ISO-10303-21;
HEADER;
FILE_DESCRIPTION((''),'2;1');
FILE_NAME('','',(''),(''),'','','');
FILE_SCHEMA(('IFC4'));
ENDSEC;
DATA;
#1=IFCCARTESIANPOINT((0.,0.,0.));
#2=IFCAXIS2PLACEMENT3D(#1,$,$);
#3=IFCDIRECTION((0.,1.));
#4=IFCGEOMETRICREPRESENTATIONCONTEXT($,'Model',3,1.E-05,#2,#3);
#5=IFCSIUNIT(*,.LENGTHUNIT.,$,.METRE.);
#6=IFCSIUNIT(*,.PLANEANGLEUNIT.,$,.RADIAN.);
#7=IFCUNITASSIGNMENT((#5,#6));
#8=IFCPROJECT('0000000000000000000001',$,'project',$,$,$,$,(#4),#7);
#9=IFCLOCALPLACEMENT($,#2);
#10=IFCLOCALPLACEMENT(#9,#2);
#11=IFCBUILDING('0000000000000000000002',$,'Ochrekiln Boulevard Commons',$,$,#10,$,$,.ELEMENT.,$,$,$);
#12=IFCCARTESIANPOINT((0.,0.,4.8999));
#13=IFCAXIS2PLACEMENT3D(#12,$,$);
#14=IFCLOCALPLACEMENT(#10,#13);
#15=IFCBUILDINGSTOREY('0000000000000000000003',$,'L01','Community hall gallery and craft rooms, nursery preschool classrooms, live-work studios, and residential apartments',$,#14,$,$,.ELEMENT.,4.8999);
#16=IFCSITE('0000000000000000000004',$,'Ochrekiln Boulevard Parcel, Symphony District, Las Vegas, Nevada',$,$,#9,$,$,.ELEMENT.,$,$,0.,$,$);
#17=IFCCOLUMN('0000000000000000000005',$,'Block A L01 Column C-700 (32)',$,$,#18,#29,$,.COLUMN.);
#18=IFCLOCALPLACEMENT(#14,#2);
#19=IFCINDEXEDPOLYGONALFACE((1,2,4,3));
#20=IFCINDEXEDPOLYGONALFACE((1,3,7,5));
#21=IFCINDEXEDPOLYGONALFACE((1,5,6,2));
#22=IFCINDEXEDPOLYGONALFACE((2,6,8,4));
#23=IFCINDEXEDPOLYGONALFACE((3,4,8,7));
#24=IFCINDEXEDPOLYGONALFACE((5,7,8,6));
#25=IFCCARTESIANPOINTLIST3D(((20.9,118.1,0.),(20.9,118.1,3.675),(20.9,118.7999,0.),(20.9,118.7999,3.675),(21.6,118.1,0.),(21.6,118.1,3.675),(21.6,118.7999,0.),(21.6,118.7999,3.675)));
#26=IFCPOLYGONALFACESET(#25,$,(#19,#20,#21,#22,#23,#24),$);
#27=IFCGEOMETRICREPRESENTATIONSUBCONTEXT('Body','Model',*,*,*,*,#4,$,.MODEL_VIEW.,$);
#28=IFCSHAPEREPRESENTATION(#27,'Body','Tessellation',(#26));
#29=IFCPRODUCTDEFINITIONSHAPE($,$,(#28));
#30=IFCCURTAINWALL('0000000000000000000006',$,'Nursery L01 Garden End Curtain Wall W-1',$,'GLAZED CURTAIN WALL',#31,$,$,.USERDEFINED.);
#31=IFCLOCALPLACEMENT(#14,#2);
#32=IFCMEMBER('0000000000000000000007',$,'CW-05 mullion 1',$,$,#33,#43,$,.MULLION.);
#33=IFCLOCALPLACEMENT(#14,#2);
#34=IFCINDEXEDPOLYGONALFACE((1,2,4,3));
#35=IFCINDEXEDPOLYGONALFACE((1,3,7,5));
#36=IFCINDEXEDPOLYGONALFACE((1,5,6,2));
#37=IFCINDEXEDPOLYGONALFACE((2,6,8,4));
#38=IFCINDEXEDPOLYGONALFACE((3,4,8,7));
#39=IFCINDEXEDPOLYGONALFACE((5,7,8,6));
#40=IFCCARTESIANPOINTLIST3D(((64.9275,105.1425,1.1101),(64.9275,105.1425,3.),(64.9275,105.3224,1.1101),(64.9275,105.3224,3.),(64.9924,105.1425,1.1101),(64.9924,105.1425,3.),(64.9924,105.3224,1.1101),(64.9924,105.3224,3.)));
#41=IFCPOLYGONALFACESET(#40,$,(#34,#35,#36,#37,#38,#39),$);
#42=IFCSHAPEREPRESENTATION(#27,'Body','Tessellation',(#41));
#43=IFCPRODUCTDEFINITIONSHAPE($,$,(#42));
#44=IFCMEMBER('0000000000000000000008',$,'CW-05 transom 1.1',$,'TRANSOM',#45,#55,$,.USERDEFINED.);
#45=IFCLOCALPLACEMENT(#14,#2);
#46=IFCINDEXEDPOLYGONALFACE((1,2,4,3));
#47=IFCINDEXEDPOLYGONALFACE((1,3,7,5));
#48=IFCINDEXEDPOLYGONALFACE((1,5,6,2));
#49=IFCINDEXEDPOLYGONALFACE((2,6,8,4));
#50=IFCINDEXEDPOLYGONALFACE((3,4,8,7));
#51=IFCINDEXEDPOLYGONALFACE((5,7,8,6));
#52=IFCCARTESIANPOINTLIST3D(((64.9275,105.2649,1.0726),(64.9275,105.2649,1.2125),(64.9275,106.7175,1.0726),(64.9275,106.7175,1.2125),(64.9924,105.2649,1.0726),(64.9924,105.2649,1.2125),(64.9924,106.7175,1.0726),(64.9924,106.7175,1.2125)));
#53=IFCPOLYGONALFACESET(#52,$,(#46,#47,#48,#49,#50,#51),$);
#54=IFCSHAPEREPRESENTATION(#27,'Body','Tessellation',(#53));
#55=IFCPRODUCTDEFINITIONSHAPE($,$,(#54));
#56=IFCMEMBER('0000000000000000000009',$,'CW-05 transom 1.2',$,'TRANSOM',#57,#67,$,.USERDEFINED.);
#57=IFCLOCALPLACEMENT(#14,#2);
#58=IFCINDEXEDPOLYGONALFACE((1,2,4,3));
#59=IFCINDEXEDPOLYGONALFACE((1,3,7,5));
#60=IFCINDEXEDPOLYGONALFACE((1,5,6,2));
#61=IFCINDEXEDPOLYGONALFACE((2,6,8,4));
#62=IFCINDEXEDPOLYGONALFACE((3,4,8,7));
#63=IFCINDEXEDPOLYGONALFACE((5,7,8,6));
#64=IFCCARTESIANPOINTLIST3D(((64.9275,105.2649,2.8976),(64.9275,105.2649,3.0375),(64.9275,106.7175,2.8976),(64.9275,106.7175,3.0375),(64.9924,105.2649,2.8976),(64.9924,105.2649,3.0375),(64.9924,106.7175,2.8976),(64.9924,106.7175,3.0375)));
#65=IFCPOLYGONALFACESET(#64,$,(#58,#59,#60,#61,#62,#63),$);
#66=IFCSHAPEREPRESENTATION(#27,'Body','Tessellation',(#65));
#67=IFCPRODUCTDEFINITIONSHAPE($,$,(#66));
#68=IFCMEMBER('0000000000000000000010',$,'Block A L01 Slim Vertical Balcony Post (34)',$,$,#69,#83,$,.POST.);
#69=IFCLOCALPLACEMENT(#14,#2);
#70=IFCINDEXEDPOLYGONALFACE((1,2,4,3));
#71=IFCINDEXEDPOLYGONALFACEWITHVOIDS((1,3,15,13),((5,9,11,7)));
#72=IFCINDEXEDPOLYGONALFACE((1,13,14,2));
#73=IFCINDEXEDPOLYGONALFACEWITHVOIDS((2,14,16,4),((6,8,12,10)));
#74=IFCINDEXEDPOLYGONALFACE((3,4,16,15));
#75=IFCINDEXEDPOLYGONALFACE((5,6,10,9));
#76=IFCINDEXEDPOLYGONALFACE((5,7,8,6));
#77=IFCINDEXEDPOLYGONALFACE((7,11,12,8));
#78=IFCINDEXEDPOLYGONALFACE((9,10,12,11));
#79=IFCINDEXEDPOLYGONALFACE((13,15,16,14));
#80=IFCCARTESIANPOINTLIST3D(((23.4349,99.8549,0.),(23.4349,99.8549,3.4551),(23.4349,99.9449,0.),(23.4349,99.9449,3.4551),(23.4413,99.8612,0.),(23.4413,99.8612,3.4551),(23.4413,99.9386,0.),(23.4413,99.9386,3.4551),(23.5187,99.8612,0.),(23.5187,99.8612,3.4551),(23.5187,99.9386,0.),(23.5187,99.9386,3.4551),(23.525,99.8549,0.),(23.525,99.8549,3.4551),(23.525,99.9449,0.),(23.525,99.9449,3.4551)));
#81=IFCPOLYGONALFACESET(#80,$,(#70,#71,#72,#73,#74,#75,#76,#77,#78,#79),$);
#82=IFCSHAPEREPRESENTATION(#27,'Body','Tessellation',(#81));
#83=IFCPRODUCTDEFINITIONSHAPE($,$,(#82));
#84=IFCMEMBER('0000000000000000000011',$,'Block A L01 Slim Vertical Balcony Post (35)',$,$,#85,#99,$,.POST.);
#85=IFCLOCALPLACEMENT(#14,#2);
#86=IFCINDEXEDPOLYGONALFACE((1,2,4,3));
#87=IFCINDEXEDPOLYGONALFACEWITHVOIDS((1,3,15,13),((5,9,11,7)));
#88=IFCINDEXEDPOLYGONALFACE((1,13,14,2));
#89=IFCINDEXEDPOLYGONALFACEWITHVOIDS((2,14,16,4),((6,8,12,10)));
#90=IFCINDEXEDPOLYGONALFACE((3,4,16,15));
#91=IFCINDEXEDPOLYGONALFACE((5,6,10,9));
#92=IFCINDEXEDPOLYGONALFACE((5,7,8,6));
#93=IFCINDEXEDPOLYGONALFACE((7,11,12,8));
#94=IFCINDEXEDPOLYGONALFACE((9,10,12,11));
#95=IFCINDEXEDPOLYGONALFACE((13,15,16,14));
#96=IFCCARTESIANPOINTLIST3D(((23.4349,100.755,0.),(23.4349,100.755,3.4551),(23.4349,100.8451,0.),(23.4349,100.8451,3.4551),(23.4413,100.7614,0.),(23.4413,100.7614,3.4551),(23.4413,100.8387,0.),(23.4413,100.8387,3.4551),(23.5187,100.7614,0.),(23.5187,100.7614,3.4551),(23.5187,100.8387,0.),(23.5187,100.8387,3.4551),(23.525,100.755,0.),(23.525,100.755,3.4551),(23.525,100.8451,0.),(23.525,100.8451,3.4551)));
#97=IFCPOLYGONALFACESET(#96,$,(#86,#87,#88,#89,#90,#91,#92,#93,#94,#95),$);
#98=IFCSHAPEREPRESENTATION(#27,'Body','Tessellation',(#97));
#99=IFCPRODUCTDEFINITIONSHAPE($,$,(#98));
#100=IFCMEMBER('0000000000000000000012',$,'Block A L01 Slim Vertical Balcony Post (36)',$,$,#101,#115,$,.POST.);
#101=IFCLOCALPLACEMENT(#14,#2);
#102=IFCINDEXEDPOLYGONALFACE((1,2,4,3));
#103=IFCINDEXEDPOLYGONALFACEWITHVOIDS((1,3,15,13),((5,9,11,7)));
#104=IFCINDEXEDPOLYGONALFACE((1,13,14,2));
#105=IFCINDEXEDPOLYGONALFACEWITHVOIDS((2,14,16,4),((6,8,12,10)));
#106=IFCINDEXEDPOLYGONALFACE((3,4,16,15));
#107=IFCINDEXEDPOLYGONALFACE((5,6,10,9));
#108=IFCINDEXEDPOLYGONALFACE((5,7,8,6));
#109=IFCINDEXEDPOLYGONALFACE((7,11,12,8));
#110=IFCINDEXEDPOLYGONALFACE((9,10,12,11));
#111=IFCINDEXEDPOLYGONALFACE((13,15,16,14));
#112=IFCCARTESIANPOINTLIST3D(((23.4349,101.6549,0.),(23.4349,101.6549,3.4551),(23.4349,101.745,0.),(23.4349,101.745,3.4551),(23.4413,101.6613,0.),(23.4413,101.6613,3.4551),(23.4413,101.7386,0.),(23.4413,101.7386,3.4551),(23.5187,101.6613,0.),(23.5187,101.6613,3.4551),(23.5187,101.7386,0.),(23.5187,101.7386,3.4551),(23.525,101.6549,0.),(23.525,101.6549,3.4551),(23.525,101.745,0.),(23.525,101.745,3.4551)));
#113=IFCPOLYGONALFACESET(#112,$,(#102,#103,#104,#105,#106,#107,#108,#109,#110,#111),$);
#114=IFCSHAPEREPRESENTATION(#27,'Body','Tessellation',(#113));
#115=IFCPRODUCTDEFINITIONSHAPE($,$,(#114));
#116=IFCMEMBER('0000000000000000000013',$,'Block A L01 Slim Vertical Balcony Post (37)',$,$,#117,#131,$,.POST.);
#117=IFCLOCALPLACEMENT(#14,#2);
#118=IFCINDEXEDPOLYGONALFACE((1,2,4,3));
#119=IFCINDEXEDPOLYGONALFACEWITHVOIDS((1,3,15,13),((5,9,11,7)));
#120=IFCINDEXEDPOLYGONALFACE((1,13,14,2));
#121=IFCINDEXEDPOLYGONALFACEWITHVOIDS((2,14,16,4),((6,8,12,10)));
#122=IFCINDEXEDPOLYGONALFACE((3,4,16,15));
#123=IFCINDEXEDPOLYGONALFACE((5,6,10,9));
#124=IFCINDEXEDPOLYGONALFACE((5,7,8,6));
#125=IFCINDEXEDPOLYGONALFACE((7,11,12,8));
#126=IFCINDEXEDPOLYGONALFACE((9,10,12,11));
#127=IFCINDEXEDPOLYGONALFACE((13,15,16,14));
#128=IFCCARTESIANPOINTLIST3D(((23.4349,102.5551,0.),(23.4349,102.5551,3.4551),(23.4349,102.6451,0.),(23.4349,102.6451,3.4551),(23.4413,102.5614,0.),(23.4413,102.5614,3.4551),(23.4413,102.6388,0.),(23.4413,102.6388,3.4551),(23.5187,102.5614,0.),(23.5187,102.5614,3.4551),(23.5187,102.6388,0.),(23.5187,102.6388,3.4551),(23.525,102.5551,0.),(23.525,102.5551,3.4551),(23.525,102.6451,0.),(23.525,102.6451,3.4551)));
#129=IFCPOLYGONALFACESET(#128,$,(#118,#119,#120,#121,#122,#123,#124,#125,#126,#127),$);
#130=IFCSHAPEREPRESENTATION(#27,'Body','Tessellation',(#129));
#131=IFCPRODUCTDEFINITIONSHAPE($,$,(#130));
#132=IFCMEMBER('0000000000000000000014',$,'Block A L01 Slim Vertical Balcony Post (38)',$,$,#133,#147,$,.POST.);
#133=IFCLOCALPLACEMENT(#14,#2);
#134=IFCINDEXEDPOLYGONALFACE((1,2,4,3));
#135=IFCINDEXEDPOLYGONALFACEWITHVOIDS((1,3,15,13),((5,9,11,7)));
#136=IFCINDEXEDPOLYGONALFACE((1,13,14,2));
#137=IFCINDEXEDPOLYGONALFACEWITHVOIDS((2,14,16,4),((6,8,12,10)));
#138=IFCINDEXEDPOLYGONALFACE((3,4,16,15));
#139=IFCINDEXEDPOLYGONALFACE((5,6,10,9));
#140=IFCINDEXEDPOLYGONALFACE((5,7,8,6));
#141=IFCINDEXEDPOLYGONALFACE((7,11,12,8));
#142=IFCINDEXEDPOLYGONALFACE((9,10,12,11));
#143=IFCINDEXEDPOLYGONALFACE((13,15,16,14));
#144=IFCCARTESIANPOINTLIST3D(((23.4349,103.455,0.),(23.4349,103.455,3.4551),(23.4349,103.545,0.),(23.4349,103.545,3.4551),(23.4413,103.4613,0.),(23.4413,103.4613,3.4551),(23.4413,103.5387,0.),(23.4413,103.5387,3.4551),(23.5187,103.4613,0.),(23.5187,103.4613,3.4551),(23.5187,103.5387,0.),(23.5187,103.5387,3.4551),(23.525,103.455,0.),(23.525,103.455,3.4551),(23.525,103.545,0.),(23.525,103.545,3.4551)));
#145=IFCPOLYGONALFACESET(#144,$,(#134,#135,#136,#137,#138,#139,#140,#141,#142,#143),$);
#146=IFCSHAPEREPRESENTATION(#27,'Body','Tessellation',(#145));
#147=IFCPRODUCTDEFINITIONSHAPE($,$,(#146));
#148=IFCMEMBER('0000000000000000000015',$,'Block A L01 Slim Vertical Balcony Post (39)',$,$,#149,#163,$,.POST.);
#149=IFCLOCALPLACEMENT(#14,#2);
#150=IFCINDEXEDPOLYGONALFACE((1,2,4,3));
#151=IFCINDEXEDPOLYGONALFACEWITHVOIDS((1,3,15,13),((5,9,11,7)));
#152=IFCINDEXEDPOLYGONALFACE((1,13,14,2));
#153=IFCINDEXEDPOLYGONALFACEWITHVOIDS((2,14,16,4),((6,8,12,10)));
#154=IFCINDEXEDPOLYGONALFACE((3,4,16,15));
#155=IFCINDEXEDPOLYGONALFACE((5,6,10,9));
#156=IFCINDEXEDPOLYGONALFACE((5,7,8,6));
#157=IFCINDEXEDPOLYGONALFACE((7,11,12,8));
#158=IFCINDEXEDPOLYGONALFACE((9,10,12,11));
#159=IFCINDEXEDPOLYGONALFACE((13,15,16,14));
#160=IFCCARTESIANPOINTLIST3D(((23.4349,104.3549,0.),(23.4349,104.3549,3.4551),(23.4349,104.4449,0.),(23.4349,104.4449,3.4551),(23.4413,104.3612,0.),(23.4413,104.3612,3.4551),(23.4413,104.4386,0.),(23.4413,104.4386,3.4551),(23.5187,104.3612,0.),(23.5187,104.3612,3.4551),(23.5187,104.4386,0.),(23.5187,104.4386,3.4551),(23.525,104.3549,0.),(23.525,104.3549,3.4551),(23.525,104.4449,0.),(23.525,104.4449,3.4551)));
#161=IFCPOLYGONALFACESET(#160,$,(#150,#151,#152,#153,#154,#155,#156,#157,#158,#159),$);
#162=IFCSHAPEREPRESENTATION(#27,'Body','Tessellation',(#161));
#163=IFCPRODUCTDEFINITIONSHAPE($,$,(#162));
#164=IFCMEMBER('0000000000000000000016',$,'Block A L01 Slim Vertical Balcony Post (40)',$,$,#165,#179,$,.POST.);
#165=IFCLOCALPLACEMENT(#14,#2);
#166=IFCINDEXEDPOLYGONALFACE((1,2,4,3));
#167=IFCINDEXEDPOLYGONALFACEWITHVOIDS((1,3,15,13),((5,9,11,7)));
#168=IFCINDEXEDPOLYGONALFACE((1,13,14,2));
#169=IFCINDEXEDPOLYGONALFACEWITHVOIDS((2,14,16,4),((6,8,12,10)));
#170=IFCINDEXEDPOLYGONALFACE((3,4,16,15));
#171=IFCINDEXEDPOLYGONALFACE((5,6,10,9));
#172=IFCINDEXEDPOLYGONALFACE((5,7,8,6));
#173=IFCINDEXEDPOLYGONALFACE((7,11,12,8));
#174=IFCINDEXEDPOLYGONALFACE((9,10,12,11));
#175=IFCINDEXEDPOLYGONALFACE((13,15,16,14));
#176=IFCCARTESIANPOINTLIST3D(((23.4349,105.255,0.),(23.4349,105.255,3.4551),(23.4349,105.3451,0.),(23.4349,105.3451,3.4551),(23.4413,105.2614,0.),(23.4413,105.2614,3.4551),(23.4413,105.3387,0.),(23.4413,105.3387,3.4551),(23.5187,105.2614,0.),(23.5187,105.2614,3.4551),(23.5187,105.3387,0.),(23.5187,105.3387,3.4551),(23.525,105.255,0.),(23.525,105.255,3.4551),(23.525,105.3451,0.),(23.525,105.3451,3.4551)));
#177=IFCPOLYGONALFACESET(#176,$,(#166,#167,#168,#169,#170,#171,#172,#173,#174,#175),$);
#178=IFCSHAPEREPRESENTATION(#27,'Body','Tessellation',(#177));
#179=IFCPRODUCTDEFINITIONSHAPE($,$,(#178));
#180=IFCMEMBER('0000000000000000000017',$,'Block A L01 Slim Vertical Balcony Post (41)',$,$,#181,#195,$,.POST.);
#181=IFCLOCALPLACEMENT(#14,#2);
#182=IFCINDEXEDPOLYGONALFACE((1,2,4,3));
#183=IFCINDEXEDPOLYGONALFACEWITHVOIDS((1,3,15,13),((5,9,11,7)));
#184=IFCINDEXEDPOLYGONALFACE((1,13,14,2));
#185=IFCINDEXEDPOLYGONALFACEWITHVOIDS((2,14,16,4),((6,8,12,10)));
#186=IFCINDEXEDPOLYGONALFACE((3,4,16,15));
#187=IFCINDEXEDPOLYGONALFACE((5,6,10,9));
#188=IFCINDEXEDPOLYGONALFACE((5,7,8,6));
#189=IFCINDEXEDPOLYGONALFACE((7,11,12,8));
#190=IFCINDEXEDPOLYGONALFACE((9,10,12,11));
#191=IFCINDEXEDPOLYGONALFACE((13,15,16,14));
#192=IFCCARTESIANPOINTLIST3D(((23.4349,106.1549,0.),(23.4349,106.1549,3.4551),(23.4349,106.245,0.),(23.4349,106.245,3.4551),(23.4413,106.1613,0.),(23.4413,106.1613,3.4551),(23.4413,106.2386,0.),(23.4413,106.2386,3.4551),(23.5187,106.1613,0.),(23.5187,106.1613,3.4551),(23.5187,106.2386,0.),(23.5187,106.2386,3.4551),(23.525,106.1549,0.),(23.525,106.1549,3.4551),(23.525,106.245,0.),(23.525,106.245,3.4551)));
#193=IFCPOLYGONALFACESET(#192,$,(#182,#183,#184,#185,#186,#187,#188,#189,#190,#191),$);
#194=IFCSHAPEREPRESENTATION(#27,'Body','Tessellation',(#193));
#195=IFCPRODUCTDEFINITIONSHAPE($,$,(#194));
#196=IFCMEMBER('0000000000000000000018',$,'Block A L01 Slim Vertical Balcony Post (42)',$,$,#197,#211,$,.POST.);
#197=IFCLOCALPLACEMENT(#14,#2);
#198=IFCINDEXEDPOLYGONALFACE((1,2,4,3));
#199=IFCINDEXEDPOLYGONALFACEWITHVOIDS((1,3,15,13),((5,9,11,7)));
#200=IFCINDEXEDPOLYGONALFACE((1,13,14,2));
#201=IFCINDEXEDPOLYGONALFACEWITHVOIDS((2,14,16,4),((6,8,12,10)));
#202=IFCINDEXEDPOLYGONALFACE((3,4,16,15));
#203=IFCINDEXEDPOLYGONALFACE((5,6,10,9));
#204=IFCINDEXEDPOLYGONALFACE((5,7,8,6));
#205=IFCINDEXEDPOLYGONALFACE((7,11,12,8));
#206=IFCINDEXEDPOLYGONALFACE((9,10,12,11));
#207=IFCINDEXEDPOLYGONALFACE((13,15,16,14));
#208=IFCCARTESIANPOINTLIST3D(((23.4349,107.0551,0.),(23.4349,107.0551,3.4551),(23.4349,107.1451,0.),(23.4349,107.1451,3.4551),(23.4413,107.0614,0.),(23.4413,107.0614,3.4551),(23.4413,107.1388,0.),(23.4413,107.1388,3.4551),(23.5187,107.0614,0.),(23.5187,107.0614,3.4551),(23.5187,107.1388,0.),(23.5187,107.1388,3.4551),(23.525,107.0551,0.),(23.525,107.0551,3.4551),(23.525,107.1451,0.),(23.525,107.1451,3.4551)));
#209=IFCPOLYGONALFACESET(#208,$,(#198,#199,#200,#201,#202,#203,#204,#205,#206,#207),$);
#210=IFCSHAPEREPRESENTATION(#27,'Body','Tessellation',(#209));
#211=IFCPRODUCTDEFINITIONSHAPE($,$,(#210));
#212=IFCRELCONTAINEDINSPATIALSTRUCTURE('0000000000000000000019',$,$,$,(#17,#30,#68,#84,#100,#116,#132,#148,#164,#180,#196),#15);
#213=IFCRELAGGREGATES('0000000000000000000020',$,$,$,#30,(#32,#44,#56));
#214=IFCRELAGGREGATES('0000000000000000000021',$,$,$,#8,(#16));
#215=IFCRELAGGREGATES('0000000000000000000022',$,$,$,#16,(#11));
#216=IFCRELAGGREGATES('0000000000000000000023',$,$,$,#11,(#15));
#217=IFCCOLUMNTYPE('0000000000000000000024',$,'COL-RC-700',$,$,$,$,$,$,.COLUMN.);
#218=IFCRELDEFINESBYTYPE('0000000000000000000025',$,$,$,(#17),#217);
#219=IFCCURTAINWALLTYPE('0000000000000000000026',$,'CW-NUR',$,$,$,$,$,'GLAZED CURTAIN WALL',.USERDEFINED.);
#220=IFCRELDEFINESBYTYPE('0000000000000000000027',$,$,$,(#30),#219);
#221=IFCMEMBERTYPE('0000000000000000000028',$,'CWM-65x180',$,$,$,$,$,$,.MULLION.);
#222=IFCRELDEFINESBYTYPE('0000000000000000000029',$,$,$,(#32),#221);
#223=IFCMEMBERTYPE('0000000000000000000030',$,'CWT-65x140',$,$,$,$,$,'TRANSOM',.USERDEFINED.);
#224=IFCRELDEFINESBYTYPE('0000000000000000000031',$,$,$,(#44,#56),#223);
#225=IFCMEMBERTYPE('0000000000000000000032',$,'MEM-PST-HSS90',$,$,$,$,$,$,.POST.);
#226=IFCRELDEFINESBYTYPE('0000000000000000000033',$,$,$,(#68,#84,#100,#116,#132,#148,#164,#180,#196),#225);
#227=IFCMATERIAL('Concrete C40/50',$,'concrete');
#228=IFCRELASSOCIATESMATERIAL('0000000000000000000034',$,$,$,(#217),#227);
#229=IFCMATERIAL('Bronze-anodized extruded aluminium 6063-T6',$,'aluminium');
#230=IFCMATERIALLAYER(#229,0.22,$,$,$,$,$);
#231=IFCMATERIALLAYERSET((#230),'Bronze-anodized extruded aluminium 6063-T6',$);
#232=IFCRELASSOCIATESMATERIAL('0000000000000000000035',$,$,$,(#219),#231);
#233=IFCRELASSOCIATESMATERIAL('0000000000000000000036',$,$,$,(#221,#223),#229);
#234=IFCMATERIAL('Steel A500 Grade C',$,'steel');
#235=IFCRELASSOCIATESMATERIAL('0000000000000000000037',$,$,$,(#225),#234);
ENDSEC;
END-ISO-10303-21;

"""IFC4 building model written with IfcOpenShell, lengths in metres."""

from ifc_helpers import new_model, si_unit, direction, frame, origin, origin_2d, place, context, subcontext, project, spatial, rectangle, hollow_rectangle, extrude, material, layer, layer_set, material_profile, profile_set, type_object, element, aggregate, save


model = new_model("IFC4")

# Units and contexts
model_context = context("Model", 3, precision=1e-05, world=origin(), true_north=direction((0.0, 1.0)))
body_context = subcontext(model_context, "Body", "Model", "MODEL_VIEW")
ifc_project = project(units=[si_unit("LENGTHUNIT", "METRE"), si_unit("PLANEANGLEUNIT", "RADIAN")], contexts=[model_context])

# Site, building, storey
site_placement = place(None, origin())
site = spatial("IfcSite", under=ifc_project, at=site_placement, Name="Ochrekiln Boulevard Parcel, Symphony District, Las Vegas, Nevada", CompositionType="ELEMENT", RefElevation=0.0)
building_placement = place(site_placement, origin())
building = spatial("IfcBuilding", under=site, at=building_placement, Name="Ochrekiln Boulevard Commons", CompositionType="ELEMENT")
storey_placement = place(building_placement, frame((0.0, 0.0, 4.8999)))
storey = spatial("IfcBuildingStorey", under=building, at=storey_placement, Name="L01", Description="Community hall gallery and craft rooms, nursery preschool classrooms, live-work studios, and residential apartments", CompositionType="ELEMENT", Elevation=4.8999)

# Column
ifc_material_1 = material(Name="Concrete C40/50", Category="concrete")
ifc_material_profile_1 = material_profile(ifc_material_1, rectangle(XDim=0.7, YDim=0.7, at=origin_2d()), Name="RC-COL-700x700")
ifc_profile_set_1 = profile_set([ifc_material_profile_1], Name="Concrete C40/50")
column_type = type_object("IfcColumnType", Name="COL-RC-700", PredefinedType="COLUMN", material=ifc_profile_set_1)
column_placement = place(storey_placement, frame((21.25, 118.45, 0.0), z_axis=(0.0, 0.0, 1.0), x_axis=(1.0, 0.0, 0.0)))
element("IfcColumn", 1, at=column_placement, inside=storey, type_object=column_type, Name="Block A L01 Column C-700 (32)", PredefinedType="COLUMN", context=body_context, shape_type="SweptSolid", body=[
    extrude(rectangle(XDim=0.7, YDim=0.7, at=origin_2d()), origin(), (0.0, 0.0, 1.0), 3.675),
])

# Curtain wall, members
ifc_material_2 = material(Name="Bronze-anodized extruded aluminium 6063-T6", Category="aluminium")
ifc_layer_1 = layer(ifc_material_2, 0.22)
ifc_layer_set_1 = layer_set([ifc_layer_1], Name="Bronze-anodized extruded aluminium 6063-T6")
curtain_wall_type = type_object("IfcCurtainWallType", Name="CW-NUR", ElementType="GLAZED CURTAIN WALL", PredefinedType="USERDEFINED", material=ifc_layer_set_1)
curtain_wall_placement = place(storey_placement, origin())
curtain_wall = element("IfcCurtainWall", 2, at=curtain_wall_placement, inside=storey, type_object=curtain_wall_type, Name="Nursery L01 Garden End Curtain Wall W-1", ObjectType="GLAZED CURTAIN WALL", PredefinedType="USERDEFINED")
ifc_material_profile_2 = material_profile(ifc_material_2, rectangle(XDim=0.0649, YDim=0.1799, at=origin_2d()), Name="ALU-MUL-65x180")
ifc_profile_set_2 = profile_set([ifc_material_profile_2], Name="Bronze-anodized extruded aluminium 6063-T6")
member_type_1 = type_object("IfcMemberType", Name="CWM-65x180", PredefinedType="MULLION", material=ifc_profile_set_2)
member_1_placement = place(storey_placement, frame((64.96, 105.2324, 1.1101), z_axis=(0.0, 0.0, 1.0), x_axis=(-1.0, 0.0, 0.0)))
member_1 = element("IfcMember", 3, at=member_1_placement, type_object=member_type_1, Name="CW-05 mullion 1", PredefinedType="MULLION", context=body_context, shape_type="SweptSolid", body=[
    extrude(rectangle(XDim=0.0649, YDim=0.1799, at=origin_2d()), origin(), (0.0, 0.0, 1.0), 1.8899),
])
ifc_material_profile_3 = material_profile(ifc_material_2, rectangle(XDim=0.0649, YDim=0.1399, at=origin_2d()), Name="ALU-TRN-65x140")
ifc_profile_set_3 = profile_set([ifc_material_profile_3], Name="Bronze-anodized extruded aluminium 6063-T6")
member_type_2 = type_object("IfcMemberType", Name="CWT-65x140", ElementType="TRANSOM", PredefinedType="USERDEFINED", material=ifc_profile_set_3)
member_2_placement = place(storey_placement, frame((64.96, 105.2649, 1.1426), z_axis=(0.0, 1.0, 0.0), x_axis=(-1.0, 0.0, 0.0)))
member_2 = element("IfcMember", 4, at=member_2_placement, type_object=member_type_2, Name="CW-05 transom 1.1", ObjectType="TRANSOM", PredefinedType="USERDEFINED", context=body_context, shape_type="SweptSolid", body=[
    extrude(rectangle(XDim=0.0649, YDim=0.1399, at=origin_2d()), origin(), (0.0, 0.0, 1.0), 1.4526),
])
member_3_placement = place(storey_placement, frame((64.96, 105.2649, 2.9675), z_axis=(0.0, 1.0, 0.0), x_axis=(-1.0, 0.0, 0.0)))
member_3 = element("IfcMember", 5, at=member_3_placement, type_object=member_type_2, Name="CW-05 transom 1.2", ObjectType="TRANSOM", PredefinedType="USERDEFINED", context=body_context, shape_type="SweptSolid", body=[
    extrude(rectangle(XDim=0.0649, YDim=0.1399, at=origin_2d()), origin(), (0.0, 0.0, 1.0), 1.4526),
])

# Members
ifc_material_3 = material(Name="Steel A500 Grade C", Category="steel")
ifc_material_profile_4 = material_profile(ifc_material_3, hollow_rectangle(XDim=0.0901, YDim=0.0901, WallThickness=0.0063, at=origin_2d()), Name="HSS90X90X6.4")
ifc_profile_set_4 = profile_set([ifc_material_profile_4], Name="Steel A500 Grade C")
member_type_3 = type_object("IfcMemberType", Name="MEM-PST-HSS90", PredefinedType="POST", material=ifc_profile_set_4)
for number, where, z_axis, x_axis, name in (
    (6, (23.48, 99.8999, 0.0), (0.0, 0.0, 1.0), (1.0, 0.0, 0.0), "Block A L01 Slim Vertical Balcony Post (34)"),
    (7, (23.48, 100.8, 0.0), (0.0, 0.0, 1.0), (1.0, 0.0, 0.0), "Block A L01 Slim Vertical Balcony Post (35)"),
    (8, (23.48, 101.7, 0.0), (0.0, 0.0, 1.0), (1.0, 0.0, 0.0), "Block A L01 Slim Vertical Balcony Post (36)"),
    (9, (23.48, 102.6001, 0.0), (0.0, 0.0, 1.0), (1.0, 0.0, 0.0), "Block A L01 Slim Vertical Balcony Post (37)"),
    (10, (23.48, 103.5, 0.0), (0.0, 0.0, 1.0), (1.0, 0.0, 0.0), "Block A L01 Slim Vertical Balcony Post (38)"),
    (11, (23.48, 104.3999, 0.0), (0.0, 0.0, 1.0), (1.0, 0.0, 0.0), "Block A L01 Slim Vertical Balcony Post (39)"),
    (12, (23.48, 105.3, 0.0), (0.0, 0.0, 1.0), (1.0, 0.0, 0.0), "Block A L01 Slim Vertical Balcony Post (40)"),
    (13, (23.48, 106.2, 0.0), (0.0, 0.0, 1.0), (1.0, 0.0, 0.0), "Block A L01 Slim Vertical Balcony Post (41)"),
    (14, (23.48, 107.1001, 0.0), (0.0, 0.0, 1.0), (1.0, 0.0, 0.0), "Block A L01 Slim Vertical Balcony Post (42)"),
):
    element("IfcMember", number, at=place(storey_placement, frame(where, z_axis=z_axis, x_axis=x_axis)), inside=storey, type_object=member_type_3, Name=name, PredefinedType="POST", context=body_context, shape_type="SweptSolid", body=[
        extrude(hollow_rectangle(XDim=0.0901, YDim=0.0901, WallThickness=0.0063, at=origin_2d()), origin(), (0.0, 0.0, 1.0), 3.4551),
    ])

aggregate(curtain_wall, [member_1, member_2, member_3])

save(model, "model.ifc")
